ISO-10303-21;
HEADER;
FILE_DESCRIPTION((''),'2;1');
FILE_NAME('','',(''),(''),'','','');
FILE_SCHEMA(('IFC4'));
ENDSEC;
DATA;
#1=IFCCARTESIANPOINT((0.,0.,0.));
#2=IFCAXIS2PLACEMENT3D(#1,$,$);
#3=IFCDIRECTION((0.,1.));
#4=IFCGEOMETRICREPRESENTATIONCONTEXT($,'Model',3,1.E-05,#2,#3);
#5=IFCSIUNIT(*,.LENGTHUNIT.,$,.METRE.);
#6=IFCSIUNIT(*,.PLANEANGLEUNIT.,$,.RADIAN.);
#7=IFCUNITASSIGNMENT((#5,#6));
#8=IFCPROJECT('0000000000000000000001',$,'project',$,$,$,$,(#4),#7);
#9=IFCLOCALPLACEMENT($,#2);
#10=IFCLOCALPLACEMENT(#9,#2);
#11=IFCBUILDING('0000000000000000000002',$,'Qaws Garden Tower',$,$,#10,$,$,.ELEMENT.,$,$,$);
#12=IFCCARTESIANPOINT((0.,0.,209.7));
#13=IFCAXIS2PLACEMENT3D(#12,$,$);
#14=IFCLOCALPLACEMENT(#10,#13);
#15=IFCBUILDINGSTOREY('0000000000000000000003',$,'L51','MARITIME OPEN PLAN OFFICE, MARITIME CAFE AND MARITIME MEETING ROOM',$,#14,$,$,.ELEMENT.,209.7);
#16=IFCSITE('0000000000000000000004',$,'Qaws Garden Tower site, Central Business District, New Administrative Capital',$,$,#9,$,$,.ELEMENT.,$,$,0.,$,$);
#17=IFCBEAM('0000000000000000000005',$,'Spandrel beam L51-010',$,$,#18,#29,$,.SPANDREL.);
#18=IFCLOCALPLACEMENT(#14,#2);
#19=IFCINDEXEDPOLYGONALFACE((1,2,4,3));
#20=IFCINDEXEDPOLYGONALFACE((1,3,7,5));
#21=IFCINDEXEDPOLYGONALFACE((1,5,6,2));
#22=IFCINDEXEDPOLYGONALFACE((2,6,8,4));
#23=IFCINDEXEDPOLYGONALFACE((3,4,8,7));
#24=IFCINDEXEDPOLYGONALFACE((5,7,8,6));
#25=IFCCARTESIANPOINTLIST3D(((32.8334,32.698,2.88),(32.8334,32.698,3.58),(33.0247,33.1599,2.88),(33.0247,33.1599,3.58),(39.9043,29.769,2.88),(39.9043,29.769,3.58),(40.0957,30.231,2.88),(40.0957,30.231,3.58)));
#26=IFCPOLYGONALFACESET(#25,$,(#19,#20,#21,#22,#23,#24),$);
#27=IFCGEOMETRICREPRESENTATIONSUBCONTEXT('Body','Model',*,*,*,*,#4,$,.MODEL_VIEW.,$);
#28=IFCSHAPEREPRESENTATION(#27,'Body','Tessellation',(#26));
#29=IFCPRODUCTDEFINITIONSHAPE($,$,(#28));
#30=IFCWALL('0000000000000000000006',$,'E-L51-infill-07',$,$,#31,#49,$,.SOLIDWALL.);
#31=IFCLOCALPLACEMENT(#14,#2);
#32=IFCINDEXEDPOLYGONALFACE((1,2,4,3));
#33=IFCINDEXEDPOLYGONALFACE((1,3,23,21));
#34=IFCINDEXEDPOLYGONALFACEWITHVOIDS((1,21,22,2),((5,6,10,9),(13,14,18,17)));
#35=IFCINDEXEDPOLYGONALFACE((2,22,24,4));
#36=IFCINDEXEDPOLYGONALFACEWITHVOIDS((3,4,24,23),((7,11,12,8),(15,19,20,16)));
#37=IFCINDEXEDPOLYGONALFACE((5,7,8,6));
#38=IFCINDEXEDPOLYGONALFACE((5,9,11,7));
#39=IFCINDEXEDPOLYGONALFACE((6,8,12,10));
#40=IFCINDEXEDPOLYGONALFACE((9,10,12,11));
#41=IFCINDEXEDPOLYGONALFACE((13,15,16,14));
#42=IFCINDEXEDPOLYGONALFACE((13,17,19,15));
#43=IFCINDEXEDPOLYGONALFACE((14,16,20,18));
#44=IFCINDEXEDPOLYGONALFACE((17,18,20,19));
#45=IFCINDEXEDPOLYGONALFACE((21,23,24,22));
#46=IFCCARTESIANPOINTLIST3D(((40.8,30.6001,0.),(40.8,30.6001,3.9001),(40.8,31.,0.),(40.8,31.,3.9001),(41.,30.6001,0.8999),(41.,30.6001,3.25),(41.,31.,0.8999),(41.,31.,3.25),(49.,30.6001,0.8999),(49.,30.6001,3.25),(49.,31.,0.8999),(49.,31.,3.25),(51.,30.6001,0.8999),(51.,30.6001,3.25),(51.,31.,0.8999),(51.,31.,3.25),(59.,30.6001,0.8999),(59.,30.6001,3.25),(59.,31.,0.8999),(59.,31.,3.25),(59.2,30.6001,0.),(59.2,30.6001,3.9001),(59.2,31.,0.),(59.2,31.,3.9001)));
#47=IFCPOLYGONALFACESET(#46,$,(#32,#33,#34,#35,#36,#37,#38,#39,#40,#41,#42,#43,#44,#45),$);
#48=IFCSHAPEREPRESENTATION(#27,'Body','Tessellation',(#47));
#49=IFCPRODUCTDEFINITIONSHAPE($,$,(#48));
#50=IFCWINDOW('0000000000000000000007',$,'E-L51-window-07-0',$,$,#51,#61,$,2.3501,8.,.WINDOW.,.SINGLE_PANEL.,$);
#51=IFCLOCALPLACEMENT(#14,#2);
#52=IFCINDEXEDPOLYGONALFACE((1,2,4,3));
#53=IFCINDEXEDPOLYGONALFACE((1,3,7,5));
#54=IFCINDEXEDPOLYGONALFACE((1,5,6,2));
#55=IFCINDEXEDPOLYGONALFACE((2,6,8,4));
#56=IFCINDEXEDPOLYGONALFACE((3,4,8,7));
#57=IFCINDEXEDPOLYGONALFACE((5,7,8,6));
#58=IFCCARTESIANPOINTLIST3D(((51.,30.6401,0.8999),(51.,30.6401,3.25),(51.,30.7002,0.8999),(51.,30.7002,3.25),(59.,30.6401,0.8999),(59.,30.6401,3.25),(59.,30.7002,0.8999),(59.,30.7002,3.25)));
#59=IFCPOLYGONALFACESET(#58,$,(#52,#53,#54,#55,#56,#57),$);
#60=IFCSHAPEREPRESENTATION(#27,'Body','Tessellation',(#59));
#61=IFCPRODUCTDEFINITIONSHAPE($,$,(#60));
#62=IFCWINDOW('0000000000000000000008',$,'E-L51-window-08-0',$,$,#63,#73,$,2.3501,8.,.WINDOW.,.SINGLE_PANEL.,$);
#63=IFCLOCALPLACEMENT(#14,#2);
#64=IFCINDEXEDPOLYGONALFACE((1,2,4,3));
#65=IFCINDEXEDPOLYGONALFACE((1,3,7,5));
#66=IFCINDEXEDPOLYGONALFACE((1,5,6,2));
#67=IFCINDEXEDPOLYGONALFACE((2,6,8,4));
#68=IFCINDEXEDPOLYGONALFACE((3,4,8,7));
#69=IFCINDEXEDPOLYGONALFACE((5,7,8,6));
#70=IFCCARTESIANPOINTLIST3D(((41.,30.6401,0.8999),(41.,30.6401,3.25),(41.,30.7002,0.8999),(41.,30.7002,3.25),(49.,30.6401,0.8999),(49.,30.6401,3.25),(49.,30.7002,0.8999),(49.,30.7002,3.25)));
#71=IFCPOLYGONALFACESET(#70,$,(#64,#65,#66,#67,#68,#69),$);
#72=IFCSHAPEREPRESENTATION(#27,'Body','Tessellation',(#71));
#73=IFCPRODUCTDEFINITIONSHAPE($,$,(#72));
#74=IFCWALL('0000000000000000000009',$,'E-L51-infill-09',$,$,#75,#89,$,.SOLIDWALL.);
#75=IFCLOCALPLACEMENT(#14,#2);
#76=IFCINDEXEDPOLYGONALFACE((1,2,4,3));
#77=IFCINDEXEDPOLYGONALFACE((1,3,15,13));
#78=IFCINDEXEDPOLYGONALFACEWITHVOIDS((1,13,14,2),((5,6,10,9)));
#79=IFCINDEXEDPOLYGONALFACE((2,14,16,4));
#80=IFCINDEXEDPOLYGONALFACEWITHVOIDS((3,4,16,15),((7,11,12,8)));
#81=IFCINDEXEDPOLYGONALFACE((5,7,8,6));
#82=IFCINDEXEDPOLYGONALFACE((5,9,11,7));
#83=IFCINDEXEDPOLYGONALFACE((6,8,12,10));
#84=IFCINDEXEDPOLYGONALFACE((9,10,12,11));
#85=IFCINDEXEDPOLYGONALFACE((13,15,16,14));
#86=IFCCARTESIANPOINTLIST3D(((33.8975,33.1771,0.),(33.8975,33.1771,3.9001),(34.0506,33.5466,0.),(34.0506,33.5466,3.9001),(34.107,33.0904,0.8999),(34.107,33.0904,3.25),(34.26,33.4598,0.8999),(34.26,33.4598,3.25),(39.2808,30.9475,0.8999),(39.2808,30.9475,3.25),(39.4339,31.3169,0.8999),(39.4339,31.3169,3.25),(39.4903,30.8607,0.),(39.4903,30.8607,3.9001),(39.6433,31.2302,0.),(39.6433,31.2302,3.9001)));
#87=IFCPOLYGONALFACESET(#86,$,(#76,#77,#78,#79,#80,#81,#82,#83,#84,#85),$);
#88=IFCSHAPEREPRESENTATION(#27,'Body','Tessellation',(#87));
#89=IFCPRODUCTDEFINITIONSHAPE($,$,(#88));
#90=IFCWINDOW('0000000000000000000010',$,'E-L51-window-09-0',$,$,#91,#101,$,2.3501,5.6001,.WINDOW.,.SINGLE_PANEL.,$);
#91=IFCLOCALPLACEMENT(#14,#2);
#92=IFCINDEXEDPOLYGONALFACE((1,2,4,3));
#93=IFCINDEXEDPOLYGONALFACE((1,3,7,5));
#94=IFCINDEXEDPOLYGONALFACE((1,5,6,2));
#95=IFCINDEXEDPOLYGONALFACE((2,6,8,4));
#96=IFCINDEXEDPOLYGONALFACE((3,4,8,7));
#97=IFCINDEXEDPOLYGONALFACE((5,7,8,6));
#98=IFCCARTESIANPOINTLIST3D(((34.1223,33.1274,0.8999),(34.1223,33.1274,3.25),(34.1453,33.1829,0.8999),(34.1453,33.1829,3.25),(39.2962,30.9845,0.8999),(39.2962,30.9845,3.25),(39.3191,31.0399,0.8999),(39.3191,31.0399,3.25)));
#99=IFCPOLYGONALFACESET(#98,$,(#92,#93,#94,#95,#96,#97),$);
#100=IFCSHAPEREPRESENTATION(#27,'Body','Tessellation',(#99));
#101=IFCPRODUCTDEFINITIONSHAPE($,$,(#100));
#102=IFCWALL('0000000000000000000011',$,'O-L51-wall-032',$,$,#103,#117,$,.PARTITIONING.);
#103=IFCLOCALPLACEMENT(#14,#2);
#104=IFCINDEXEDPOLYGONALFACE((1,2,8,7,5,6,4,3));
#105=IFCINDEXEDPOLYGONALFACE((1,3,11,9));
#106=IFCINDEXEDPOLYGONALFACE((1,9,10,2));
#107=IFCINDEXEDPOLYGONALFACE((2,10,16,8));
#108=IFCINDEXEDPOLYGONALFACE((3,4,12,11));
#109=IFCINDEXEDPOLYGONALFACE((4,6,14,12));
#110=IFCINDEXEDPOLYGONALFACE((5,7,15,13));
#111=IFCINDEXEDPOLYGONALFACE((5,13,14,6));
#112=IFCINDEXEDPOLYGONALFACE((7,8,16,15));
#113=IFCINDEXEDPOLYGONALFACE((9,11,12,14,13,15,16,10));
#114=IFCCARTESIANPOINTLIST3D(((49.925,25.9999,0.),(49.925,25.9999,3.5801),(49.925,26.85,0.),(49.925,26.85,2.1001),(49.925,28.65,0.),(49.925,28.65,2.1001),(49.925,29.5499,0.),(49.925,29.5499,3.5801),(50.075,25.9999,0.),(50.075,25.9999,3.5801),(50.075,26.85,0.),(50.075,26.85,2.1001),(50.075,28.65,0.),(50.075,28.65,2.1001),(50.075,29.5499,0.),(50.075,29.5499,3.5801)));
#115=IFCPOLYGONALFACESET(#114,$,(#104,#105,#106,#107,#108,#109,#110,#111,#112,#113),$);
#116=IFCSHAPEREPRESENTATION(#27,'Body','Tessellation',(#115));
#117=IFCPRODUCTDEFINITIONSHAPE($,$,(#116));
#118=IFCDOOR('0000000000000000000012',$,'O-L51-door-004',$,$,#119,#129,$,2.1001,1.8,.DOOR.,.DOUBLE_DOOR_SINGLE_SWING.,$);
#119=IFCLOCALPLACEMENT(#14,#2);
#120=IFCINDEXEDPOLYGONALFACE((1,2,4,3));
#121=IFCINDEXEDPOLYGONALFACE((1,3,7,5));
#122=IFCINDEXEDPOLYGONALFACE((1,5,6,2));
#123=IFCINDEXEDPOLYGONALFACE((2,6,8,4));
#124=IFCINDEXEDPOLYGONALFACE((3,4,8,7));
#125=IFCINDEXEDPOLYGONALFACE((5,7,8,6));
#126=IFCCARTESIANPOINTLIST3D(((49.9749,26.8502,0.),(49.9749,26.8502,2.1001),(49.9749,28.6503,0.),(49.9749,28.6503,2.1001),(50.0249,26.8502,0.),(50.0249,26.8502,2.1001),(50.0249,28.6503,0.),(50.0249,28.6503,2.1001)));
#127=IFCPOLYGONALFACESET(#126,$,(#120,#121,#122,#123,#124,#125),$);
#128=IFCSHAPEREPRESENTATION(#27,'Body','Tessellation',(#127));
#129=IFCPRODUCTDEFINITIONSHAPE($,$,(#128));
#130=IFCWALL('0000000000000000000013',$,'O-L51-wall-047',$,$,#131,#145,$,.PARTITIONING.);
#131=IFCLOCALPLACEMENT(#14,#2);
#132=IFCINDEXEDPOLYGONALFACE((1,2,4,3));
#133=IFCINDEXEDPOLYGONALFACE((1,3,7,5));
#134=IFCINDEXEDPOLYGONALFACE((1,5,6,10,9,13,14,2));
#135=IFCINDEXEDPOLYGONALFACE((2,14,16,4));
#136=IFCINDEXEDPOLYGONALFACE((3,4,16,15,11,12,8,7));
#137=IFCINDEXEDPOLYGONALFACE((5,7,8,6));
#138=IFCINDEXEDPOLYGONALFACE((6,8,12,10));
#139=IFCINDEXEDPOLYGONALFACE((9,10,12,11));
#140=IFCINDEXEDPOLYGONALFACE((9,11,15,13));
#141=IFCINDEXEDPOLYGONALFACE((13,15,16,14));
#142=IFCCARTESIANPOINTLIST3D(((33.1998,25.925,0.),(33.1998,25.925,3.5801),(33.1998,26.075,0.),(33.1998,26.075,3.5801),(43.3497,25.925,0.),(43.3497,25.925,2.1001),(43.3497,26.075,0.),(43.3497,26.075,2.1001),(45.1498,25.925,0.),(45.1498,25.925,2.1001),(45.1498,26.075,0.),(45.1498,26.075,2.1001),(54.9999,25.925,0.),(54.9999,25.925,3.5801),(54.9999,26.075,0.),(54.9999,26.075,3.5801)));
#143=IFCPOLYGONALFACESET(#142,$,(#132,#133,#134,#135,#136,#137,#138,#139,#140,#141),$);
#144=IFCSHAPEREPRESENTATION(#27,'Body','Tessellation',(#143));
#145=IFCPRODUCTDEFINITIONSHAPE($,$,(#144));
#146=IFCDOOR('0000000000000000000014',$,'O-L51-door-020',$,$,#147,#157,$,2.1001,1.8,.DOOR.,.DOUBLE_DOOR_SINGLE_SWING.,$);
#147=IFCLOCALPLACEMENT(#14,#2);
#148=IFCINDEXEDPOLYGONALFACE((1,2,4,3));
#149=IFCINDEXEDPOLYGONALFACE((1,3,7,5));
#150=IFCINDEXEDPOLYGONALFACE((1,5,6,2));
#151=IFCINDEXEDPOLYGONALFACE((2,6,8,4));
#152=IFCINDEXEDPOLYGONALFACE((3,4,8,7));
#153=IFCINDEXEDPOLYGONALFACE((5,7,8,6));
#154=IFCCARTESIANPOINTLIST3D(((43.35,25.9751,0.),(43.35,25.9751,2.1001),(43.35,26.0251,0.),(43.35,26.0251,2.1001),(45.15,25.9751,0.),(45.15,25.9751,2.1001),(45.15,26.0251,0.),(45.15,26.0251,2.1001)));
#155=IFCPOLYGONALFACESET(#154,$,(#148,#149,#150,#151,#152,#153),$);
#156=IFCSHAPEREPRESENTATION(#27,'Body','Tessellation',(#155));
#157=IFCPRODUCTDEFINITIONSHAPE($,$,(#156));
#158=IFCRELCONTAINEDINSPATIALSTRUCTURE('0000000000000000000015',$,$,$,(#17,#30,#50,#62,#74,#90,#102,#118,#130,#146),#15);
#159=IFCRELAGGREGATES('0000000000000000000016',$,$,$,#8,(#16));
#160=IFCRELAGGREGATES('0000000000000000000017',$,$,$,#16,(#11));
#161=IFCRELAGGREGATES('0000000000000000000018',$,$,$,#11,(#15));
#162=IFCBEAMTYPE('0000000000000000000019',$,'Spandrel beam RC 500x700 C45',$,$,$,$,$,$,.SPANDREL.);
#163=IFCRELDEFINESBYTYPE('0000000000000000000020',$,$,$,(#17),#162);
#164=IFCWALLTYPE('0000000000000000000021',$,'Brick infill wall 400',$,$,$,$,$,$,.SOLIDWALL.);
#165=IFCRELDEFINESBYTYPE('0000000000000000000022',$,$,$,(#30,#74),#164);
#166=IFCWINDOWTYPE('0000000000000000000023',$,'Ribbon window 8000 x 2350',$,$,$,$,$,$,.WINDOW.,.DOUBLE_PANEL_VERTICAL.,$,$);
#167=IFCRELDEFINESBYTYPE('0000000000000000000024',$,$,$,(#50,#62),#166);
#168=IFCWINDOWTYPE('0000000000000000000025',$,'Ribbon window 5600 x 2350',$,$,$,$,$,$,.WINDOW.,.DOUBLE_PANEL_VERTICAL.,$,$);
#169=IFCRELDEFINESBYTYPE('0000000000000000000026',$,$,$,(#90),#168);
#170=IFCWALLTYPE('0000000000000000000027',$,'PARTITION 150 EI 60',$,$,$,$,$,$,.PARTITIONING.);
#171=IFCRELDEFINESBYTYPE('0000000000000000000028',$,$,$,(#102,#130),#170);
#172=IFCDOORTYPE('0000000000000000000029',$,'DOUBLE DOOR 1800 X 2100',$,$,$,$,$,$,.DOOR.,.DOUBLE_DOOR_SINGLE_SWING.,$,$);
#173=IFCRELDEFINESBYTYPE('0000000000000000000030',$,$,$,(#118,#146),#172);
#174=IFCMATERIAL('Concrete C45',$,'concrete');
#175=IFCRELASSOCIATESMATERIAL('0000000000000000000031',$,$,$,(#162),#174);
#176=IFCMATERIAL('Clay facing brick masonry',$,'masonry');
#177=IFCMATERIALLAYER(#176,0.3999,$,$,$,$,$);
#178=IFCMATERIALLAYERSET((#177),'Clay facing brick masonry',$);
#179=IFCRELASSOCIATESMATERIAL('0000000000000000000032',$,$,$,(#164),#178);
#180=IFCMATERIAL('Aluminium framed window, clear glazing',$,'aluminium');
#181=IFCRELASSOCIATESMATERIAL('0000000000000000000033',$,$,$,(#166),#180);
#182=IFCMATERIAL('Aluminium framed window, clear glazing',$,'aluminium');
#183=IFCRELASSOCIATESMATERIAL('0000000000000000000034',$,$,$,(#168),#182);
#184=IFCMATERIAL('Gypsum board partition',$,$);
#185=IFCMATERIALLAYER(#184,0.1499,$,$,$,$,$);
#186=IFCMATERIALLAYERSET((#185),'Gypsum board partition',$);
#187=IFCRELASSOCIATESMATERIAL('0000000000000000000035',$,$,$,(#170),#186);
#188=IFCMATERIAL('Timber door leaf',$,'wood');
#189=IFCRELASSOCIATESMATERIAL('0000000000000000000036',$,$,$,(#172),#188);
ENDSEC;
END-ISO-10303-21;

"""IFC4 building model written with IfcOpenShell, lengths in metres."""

from ifc_helpers import new_model, si_unit, direction, frame, frame_2d, origin, origin_2d, place, context, subcontext, project, spatial, rectangle, extrude, material, layer, layer_set, material_profile, profile_set, type_object, element, fill, save


model = new_model("IFC4")

# Units and contexts
model_context = context("Model", 3, precision=1e-05, world=origin(), true_north=direction((0.0, 1.0)))
body_context = subcontext(model_context, "Body", "Model", "MODEL_VIEW")
ifc_project = project(units=[si_unit("LENGTHUNIT", "METRE"), si_unit("PLANEANGLEUNIT", "RADIAN")], contexts=[model_context])

# Site, building, storey
site_placement = place(None, origin())
site = spatial("IfcSite", under=ifc_project, at=site_placement, Name="Qaws Garden Tower site, Central Business District, New Administrative Capital", CompositionType="ELEMENT", RefElevation=0.0)
building_placement = place(site_placement, origin())
building = spatial("IfcBuilding", under=site, at=building_placement, Name="Qaws Garden Tower", CompositionType="ELEMENT")
storey_placement = place(building_placement, frame((0.0, 0.0, 209.7)))
storey = spatial("IfcBuildingStorey", under=building, at=storey_placement, Name="L51", Description="MARITIME OPEN PLAN OFFICE, MARITIME CAFE AND MARITIME MEETING ROOM", CompositionType="ELEMENT", Elevation=209.7)

# Beam
ifc_material_1 = material(Name="Concrete C45", Category="concrete")
ifc_material_profile_1 = material_profile(ifc_material_1, rectangle(XDim=0.5, YDim=0.7, at=origin_2d()), Name="RC 500x700")
ifc_profile_set_1 = profile_set([ifc_material_profile_1], Name="Concrete C45")
beam_type = type_object("IfcBeamType", Name="Spandrel beam RC 500x700 C45", PredefinedType="SPANDREL", material=ifc_profile_set_1)
beam_placement = place(storey_placement, frame((40.0, 30.0, 3.23), z_axis=(-0.923878, 0.382687, 0.0), x_axis=(-0.382687, -0.923878, 0.0)))
element("IfcBeam", 1, at=beam_placement, inside=storey, type_object=beam_type, Name="Spandrel beam L51-010", PredefinedType="SPANDREL", context=body_context, shape_type="SweptSolid", body=[
    extrude(rectangle(XDim=0.5, YDim=0.7, at=origin_2d()), origin(), (0.0, 0.0, 1.0), 7.6536),
])

# Wall, openings, windows
ifc_material_2 = material(Name="Clay facing brick masonry", Category="masonry")
ifc_layer_1 = layer(ifc_material_2, 0.3999)
ifc_layer_set_1 = layer_set([ifc_layer_1], Name="Clay facing brick masonry")
wall_type_1 = type_object("IfcWallType", Name="Brick infill wall 400", PredefinedType="SOLIDWALL", material=ifc_layer_set_1)
wall_1_placement = place(storey_placement, frame((59.2, 30.8, 0.0), z_axis=(0.0, 0.0, 1.0), x_axis=(-1.0, 0.0, 0.0)))
wall_1 = element("IfcWall", 2, at=wall_1_placement, inside=storey, type_object=wall_type_1, Name="E-L51-infill-07", PredefinedType="SOLIDWALL", context=body_context, shape_type="SweptSolid", body=[
    extrude(rectangle(XDim=18.3999, YDim=0.3999, at=frame_2d((9.2, 0.0))), origin(), (0.0, 0.0, 1.0), 3.9001),
])
opening_1_placement = place(wall_1_placement, frame((0.2, 0.0, 0.8999)))
opening_1 = element("IfcOpeningElement", 3, at=opening_1_placement, cuts=wall_1, PredefinedType="OPENING", context=body_context, shape_type="SweptSolid", body=[
    extrude(rectangle(XDim=8.0, YDim=2.3501, at=frame_2d((4.0, 1.175))), frame((0.0, 0.21, 0.0), z_axis=(0.0, -1.0, 0.0), x_axis=(1.0, 0.0, 0.0)), (0.0, 0.0, 1.0), 0.4199),
])
opening_2_placement = place(wall_1_placement, frame((10.2, 0.0, 0.8999)))
opening_2 = element("IfcOpeningElement", 4, at=opening_2_placement, cuts=wall_1, PredefinedType="OPENING", context=body_context, shape_type="SweptSolid", body=[
    extrude(rectangle(XDim=8.0, YDim=2.3501, at=frame_2d((4.0, 1.175))), frame((0.0, 0.21, 0.0), z_axis=(0.0, -1.0, 0.0), x_axis=(1.0, 0.0, 0.0)), (0.0, 0.0, 1.0), 0.4199),
])
ifc_material_3 = material(Name="Aluminium framed window, clear glazing", Category="aluminium")
window_type_1 = type_object("IfcWindowType", Name="Ribbon window 8000 x 2350", PartitioningType="DOUBLE_PANEL_VERTICAL", PredefinedType="WINDOW", material=ifc_material_3)
window_1_placement = place(opening_1_placement, origin())
window_1 = element("IfcWindow", 5, at=window_1_placement, inside=storey, type_object=window_type_1, Name="E-L51-window-07-0", OverallHeight=2.3501, OverallWidth=8.0, PartitioningType="SINGLE_PANEL", PredefinedType="WINDOW", context=body_context, shape_type="SweptSolid", body=[
    extrude(rectangle(XDim=8.0, YDim=2.3501, at=frame_2d((4.0, 1.175))), frame((0.0, 0.1599, 0.0), z_axis=(0.0, -1.0, 0.0), x_axis=(1.0, 0.0, 0.0)), (0.0, 0.0, 1.0), 0.0601),
])
fill(opening_1, window_1)
window_2_placement = place(opening_2_placement, origin())
window_2 = element("IfcWindow", 6, at=window_2_placement, inside=storey, type_object=window_type_1, Name="E-L51-window-08-0", OverallHeight=2.3501, OverallWidth=8.0, PartitioningType="SINGLE_PANEL", PredefinedType="WINDOW", context=body_context, shape_type="SweptSolid", body=[
    extrude(rectangle(XDim=8.0, YDim=2.3501, at=frame_2d((4.0, 1.175))), frame((0.0, 0.1599, 0.0), z_axis=(0.0, -1.0, 0.0), x_axis=(1.0, 0.0, 0.0)), (0.0, 0.0, 1.0), 0.0601),
])
fill(opening_2, window_2)

# Wall, opening, window
wall_2_placement = place(storey_placement, frame((39.5669, 31.0454, 0.0), z_axis=(0.0, 0.0, 1.0), x_axis=(-0.923891, 0.382656, 0.0)))
wall_2 = element("IfcWall", 7, at=wall_2_placement, inside=storey, type_object=wall_type_1, Name="E-L51-infill-09", PredefinedType="SOLIDWALL", context=body_context, shape_type="SweptSolid", body=[
    extrude(rectangle(XDim=6.0535, YDim=0.3999, at=frame_2d((3.0269, 0.0))), origin(), (0.0, 0.0, 1.0), 3.9001),
])
opening_3_placement = place(wall_2_placement, frame((0.2268, 0.0, 0.8999)))
opening_3 = element("IfcOpeningElement", 8, at=opening_3_placement, cuts=wall_2, PredefinedType="OPENING", context=body_context, shape_type="SweptSolid", body=[
    extrude(rectangle(XDim=5.6001, YDim=2.3501, at=frame_2d((2.8, 1.175))), frame((0.0, 0.21, 0.0), z_axis=(0.0, -1.0, 0.0), x_axis=(1.0, 0.0, 0.0)), (0.0, 0.0, 1.0), 0.4199),
])
ifc_material_4 = material(Name="Aluminium framed window, clear glazing", Category="aluminium")
window_type_2 = type_object("IfcWindowType", Name="Ribbon window 5600 x 2350", PartitioningType="DOUBLE_PANEL_VERTICAL", PredefinedType="WINDOW", material=ifc_material_4)
window_3_placement = place(opening_3_placement, origin())
window_3 = element("IfcWindow", 9, at=window_3_placement, inside=storey, type_object=window_type_2, Name="E-L51-window-09-0", OverallHeight=2.3501, OverallWidth=5.6001, PartitioningType="SINGLE_PANEL", PredefinedType="WINDOW", context=body_context, shape_type="SweptSolid", body=[
    extrude(rectangle(XDim=5.6001, YDim=2.3501, at=frame_2d((2.8, 1.175))), frame((0.0, 0.1599, 0.0), z_axis=(0.0, -1.0, 0.0), x_axis=(1.0, 0.0, 0.0)), (0.0, 0.0, 1.0), 0.0601),
])
fill(opening_3, window_3)

# Walls, openings, doors
ifc_material_5 = material(Name="Gypsum board partition")
ifc_layer_2 = layer(ifc_material_5, 0.1499)
ifc_layer_set_2 = layer_set([ifc_layer_2], Name="Gypsum board partition")
wall_type_2 = type_object("IfcWallType", Name="PARTITION 150 EI 60", PredefinedType="PARTITIONING", material=ifc_layer_set_2)
wall_3_placement = place(storey_placement, frame((50.0, 26.0, 0.0), z_axis=(0.0, 0.0, 1.0), x_axis=(0.0, 1.0, 0.0)))
wall_3 = element("IfcWall", 10, at=wall_3_placement, inside=storey, type_object=wall_type_2, Name="O-L51-wall-032", PredefinedType="PARTITIONING", context=body_context, shape_type="SweptSolid", body=[
    extrude(rectangle(XDim=3.55, YDim=0.1499, at=frame_2d((1.7749, 0.0))), origin(), (0.0, 0.0, 1.0), 3.5801),
])
opening_4_placement = place(wall_3_placement, frame((0.8501, 0.0, 0.0)))
opening_4 = element("IfcOpeningElement", 11, at=opening_4_placement, cuts=wall_3, PredefinedType="OPENING", context=body_context, shape_type="SweptSolid", body=[
    extrude(rectangle(XDim=1.8, YDim=2.1001, at=frame_2d((0.8999, 1.05))), frame((0.0, 0.085, 0.0), z_axis=(0.0, -1.0, 0.0), x_axis=(1.0, 0.0, 0.0)), (0.0, 0.0, 1.0), 0.1699),
])
ifc_material_6 = material(Name="Timber door leaf", Category="wood")
door_type = type_object("IfcDoorType", Name="DOUBLE DOOR 1800 X 2100", OperationType="DOUBLE_DOOR_SINGLE_SWING", PredefinedType="DOOR", material=ifc_material_6)
door_1_placement = place(opening_4_placement, frame((1.8, 0.0, 0.0), z_axis=(0.0, 0.0, 1.0), x_axis=(-1.0, 0.0, 0.0)))
door_1 = element("IfcDoor", 12, at=door_1_placement, inside=storey, type_object=door_type, Name="O-L51-door-004", OperationType="DOUBLE_DOOR_SINGLE_SWING", OverallHeight=2.1001, OverallWidth=1.8, PredefinedType="DOOR", context=body_context, shape_type="SweptSolid", body=[
    extrude(rectangle(XDim=1.8, YDim=2.1001, at=frame_2d((0.8999, 1.05))), frame((0.0, 0.0249, 0.0), z_axis=(0.0, -1.0, 0.0), x_axis=(1.0, 0.0, 0.0)), (0.0, 0.0, 1.0), 0.05),
])
fill(opening_4, door_1)
wall_4_placement = place(storey_placement, frame((33.2, 26.0, 0.0), z_axis=(0.0, 0.0, 1.0), x_axis=(1.0, 0.0, 0.0)))
wall_4 = element("IfcWall", 13, at=wall_4_placement, inside=storey, type_object=wall_type_2, Name="O-L51-wall-047", PredefinedType="PARTITIONING", context=body_context, shape_type="SweptSolid", body=[
    extrude(rectangle(XDim=21.8, YDim=0.1499, at=frame_2d((10.8999, 0.0))), origin(), (0.0, 0.0, 1.0), 3.5801),
])
opening_5_placement = place(wall_4_placement, frame((10.1499, 0.0, 0.0)))
opening_5 = element("IfcOpeningElement", 14, at=opening_5_placement, cuts=wall_4, PredefinedType="OPENING", context=body_context, shape_type="SweptSolid", body=[
    extrude(rectangle(XDim=1.8, YDim=2.1001, at=frame_2d((0.8999, 1.05))), frame((0.0, 0.085, 0.0), z_axis=(0.0, -1.0, 0.0), x_axis=(1.0, 0.0, 0.0)), (0.0, 0.0, 1.0), 0.1699),
])
door_2_placement = place(opening_5_placement, frame((1.8, 0.0, 0.0), z_axis=(0.0, 0.0, 1.0), x_axis=(-1.0, 0.0, 0.0)))
door_2 = element("IfcDoor", 15, at=door_2_placement, inside=storey, type_object=door_type, Name="O-L51-door-020", OperationType="DOUBLE_DOOR_SINGLE_SWING", OverallHeight=2.1001, OverallWidth=1.8, PredefinedType="DOOR", context=body_context, shape_type="SweptSolid", body=[
    extrude(rectangle(XDim=1.8, YDim=2.1001, at=frame_2d((0.8999, 1.05))), frame((0.0, 0.0249, 0.0), z_axis=(0.0, -1.0, 0.0), x_axis=(1.0, 0.0, 0.0)), (0.0, 0.0, 1.0), 0.05),
])
fill(opening_5, door_2)

save(model, "model.ifc")
